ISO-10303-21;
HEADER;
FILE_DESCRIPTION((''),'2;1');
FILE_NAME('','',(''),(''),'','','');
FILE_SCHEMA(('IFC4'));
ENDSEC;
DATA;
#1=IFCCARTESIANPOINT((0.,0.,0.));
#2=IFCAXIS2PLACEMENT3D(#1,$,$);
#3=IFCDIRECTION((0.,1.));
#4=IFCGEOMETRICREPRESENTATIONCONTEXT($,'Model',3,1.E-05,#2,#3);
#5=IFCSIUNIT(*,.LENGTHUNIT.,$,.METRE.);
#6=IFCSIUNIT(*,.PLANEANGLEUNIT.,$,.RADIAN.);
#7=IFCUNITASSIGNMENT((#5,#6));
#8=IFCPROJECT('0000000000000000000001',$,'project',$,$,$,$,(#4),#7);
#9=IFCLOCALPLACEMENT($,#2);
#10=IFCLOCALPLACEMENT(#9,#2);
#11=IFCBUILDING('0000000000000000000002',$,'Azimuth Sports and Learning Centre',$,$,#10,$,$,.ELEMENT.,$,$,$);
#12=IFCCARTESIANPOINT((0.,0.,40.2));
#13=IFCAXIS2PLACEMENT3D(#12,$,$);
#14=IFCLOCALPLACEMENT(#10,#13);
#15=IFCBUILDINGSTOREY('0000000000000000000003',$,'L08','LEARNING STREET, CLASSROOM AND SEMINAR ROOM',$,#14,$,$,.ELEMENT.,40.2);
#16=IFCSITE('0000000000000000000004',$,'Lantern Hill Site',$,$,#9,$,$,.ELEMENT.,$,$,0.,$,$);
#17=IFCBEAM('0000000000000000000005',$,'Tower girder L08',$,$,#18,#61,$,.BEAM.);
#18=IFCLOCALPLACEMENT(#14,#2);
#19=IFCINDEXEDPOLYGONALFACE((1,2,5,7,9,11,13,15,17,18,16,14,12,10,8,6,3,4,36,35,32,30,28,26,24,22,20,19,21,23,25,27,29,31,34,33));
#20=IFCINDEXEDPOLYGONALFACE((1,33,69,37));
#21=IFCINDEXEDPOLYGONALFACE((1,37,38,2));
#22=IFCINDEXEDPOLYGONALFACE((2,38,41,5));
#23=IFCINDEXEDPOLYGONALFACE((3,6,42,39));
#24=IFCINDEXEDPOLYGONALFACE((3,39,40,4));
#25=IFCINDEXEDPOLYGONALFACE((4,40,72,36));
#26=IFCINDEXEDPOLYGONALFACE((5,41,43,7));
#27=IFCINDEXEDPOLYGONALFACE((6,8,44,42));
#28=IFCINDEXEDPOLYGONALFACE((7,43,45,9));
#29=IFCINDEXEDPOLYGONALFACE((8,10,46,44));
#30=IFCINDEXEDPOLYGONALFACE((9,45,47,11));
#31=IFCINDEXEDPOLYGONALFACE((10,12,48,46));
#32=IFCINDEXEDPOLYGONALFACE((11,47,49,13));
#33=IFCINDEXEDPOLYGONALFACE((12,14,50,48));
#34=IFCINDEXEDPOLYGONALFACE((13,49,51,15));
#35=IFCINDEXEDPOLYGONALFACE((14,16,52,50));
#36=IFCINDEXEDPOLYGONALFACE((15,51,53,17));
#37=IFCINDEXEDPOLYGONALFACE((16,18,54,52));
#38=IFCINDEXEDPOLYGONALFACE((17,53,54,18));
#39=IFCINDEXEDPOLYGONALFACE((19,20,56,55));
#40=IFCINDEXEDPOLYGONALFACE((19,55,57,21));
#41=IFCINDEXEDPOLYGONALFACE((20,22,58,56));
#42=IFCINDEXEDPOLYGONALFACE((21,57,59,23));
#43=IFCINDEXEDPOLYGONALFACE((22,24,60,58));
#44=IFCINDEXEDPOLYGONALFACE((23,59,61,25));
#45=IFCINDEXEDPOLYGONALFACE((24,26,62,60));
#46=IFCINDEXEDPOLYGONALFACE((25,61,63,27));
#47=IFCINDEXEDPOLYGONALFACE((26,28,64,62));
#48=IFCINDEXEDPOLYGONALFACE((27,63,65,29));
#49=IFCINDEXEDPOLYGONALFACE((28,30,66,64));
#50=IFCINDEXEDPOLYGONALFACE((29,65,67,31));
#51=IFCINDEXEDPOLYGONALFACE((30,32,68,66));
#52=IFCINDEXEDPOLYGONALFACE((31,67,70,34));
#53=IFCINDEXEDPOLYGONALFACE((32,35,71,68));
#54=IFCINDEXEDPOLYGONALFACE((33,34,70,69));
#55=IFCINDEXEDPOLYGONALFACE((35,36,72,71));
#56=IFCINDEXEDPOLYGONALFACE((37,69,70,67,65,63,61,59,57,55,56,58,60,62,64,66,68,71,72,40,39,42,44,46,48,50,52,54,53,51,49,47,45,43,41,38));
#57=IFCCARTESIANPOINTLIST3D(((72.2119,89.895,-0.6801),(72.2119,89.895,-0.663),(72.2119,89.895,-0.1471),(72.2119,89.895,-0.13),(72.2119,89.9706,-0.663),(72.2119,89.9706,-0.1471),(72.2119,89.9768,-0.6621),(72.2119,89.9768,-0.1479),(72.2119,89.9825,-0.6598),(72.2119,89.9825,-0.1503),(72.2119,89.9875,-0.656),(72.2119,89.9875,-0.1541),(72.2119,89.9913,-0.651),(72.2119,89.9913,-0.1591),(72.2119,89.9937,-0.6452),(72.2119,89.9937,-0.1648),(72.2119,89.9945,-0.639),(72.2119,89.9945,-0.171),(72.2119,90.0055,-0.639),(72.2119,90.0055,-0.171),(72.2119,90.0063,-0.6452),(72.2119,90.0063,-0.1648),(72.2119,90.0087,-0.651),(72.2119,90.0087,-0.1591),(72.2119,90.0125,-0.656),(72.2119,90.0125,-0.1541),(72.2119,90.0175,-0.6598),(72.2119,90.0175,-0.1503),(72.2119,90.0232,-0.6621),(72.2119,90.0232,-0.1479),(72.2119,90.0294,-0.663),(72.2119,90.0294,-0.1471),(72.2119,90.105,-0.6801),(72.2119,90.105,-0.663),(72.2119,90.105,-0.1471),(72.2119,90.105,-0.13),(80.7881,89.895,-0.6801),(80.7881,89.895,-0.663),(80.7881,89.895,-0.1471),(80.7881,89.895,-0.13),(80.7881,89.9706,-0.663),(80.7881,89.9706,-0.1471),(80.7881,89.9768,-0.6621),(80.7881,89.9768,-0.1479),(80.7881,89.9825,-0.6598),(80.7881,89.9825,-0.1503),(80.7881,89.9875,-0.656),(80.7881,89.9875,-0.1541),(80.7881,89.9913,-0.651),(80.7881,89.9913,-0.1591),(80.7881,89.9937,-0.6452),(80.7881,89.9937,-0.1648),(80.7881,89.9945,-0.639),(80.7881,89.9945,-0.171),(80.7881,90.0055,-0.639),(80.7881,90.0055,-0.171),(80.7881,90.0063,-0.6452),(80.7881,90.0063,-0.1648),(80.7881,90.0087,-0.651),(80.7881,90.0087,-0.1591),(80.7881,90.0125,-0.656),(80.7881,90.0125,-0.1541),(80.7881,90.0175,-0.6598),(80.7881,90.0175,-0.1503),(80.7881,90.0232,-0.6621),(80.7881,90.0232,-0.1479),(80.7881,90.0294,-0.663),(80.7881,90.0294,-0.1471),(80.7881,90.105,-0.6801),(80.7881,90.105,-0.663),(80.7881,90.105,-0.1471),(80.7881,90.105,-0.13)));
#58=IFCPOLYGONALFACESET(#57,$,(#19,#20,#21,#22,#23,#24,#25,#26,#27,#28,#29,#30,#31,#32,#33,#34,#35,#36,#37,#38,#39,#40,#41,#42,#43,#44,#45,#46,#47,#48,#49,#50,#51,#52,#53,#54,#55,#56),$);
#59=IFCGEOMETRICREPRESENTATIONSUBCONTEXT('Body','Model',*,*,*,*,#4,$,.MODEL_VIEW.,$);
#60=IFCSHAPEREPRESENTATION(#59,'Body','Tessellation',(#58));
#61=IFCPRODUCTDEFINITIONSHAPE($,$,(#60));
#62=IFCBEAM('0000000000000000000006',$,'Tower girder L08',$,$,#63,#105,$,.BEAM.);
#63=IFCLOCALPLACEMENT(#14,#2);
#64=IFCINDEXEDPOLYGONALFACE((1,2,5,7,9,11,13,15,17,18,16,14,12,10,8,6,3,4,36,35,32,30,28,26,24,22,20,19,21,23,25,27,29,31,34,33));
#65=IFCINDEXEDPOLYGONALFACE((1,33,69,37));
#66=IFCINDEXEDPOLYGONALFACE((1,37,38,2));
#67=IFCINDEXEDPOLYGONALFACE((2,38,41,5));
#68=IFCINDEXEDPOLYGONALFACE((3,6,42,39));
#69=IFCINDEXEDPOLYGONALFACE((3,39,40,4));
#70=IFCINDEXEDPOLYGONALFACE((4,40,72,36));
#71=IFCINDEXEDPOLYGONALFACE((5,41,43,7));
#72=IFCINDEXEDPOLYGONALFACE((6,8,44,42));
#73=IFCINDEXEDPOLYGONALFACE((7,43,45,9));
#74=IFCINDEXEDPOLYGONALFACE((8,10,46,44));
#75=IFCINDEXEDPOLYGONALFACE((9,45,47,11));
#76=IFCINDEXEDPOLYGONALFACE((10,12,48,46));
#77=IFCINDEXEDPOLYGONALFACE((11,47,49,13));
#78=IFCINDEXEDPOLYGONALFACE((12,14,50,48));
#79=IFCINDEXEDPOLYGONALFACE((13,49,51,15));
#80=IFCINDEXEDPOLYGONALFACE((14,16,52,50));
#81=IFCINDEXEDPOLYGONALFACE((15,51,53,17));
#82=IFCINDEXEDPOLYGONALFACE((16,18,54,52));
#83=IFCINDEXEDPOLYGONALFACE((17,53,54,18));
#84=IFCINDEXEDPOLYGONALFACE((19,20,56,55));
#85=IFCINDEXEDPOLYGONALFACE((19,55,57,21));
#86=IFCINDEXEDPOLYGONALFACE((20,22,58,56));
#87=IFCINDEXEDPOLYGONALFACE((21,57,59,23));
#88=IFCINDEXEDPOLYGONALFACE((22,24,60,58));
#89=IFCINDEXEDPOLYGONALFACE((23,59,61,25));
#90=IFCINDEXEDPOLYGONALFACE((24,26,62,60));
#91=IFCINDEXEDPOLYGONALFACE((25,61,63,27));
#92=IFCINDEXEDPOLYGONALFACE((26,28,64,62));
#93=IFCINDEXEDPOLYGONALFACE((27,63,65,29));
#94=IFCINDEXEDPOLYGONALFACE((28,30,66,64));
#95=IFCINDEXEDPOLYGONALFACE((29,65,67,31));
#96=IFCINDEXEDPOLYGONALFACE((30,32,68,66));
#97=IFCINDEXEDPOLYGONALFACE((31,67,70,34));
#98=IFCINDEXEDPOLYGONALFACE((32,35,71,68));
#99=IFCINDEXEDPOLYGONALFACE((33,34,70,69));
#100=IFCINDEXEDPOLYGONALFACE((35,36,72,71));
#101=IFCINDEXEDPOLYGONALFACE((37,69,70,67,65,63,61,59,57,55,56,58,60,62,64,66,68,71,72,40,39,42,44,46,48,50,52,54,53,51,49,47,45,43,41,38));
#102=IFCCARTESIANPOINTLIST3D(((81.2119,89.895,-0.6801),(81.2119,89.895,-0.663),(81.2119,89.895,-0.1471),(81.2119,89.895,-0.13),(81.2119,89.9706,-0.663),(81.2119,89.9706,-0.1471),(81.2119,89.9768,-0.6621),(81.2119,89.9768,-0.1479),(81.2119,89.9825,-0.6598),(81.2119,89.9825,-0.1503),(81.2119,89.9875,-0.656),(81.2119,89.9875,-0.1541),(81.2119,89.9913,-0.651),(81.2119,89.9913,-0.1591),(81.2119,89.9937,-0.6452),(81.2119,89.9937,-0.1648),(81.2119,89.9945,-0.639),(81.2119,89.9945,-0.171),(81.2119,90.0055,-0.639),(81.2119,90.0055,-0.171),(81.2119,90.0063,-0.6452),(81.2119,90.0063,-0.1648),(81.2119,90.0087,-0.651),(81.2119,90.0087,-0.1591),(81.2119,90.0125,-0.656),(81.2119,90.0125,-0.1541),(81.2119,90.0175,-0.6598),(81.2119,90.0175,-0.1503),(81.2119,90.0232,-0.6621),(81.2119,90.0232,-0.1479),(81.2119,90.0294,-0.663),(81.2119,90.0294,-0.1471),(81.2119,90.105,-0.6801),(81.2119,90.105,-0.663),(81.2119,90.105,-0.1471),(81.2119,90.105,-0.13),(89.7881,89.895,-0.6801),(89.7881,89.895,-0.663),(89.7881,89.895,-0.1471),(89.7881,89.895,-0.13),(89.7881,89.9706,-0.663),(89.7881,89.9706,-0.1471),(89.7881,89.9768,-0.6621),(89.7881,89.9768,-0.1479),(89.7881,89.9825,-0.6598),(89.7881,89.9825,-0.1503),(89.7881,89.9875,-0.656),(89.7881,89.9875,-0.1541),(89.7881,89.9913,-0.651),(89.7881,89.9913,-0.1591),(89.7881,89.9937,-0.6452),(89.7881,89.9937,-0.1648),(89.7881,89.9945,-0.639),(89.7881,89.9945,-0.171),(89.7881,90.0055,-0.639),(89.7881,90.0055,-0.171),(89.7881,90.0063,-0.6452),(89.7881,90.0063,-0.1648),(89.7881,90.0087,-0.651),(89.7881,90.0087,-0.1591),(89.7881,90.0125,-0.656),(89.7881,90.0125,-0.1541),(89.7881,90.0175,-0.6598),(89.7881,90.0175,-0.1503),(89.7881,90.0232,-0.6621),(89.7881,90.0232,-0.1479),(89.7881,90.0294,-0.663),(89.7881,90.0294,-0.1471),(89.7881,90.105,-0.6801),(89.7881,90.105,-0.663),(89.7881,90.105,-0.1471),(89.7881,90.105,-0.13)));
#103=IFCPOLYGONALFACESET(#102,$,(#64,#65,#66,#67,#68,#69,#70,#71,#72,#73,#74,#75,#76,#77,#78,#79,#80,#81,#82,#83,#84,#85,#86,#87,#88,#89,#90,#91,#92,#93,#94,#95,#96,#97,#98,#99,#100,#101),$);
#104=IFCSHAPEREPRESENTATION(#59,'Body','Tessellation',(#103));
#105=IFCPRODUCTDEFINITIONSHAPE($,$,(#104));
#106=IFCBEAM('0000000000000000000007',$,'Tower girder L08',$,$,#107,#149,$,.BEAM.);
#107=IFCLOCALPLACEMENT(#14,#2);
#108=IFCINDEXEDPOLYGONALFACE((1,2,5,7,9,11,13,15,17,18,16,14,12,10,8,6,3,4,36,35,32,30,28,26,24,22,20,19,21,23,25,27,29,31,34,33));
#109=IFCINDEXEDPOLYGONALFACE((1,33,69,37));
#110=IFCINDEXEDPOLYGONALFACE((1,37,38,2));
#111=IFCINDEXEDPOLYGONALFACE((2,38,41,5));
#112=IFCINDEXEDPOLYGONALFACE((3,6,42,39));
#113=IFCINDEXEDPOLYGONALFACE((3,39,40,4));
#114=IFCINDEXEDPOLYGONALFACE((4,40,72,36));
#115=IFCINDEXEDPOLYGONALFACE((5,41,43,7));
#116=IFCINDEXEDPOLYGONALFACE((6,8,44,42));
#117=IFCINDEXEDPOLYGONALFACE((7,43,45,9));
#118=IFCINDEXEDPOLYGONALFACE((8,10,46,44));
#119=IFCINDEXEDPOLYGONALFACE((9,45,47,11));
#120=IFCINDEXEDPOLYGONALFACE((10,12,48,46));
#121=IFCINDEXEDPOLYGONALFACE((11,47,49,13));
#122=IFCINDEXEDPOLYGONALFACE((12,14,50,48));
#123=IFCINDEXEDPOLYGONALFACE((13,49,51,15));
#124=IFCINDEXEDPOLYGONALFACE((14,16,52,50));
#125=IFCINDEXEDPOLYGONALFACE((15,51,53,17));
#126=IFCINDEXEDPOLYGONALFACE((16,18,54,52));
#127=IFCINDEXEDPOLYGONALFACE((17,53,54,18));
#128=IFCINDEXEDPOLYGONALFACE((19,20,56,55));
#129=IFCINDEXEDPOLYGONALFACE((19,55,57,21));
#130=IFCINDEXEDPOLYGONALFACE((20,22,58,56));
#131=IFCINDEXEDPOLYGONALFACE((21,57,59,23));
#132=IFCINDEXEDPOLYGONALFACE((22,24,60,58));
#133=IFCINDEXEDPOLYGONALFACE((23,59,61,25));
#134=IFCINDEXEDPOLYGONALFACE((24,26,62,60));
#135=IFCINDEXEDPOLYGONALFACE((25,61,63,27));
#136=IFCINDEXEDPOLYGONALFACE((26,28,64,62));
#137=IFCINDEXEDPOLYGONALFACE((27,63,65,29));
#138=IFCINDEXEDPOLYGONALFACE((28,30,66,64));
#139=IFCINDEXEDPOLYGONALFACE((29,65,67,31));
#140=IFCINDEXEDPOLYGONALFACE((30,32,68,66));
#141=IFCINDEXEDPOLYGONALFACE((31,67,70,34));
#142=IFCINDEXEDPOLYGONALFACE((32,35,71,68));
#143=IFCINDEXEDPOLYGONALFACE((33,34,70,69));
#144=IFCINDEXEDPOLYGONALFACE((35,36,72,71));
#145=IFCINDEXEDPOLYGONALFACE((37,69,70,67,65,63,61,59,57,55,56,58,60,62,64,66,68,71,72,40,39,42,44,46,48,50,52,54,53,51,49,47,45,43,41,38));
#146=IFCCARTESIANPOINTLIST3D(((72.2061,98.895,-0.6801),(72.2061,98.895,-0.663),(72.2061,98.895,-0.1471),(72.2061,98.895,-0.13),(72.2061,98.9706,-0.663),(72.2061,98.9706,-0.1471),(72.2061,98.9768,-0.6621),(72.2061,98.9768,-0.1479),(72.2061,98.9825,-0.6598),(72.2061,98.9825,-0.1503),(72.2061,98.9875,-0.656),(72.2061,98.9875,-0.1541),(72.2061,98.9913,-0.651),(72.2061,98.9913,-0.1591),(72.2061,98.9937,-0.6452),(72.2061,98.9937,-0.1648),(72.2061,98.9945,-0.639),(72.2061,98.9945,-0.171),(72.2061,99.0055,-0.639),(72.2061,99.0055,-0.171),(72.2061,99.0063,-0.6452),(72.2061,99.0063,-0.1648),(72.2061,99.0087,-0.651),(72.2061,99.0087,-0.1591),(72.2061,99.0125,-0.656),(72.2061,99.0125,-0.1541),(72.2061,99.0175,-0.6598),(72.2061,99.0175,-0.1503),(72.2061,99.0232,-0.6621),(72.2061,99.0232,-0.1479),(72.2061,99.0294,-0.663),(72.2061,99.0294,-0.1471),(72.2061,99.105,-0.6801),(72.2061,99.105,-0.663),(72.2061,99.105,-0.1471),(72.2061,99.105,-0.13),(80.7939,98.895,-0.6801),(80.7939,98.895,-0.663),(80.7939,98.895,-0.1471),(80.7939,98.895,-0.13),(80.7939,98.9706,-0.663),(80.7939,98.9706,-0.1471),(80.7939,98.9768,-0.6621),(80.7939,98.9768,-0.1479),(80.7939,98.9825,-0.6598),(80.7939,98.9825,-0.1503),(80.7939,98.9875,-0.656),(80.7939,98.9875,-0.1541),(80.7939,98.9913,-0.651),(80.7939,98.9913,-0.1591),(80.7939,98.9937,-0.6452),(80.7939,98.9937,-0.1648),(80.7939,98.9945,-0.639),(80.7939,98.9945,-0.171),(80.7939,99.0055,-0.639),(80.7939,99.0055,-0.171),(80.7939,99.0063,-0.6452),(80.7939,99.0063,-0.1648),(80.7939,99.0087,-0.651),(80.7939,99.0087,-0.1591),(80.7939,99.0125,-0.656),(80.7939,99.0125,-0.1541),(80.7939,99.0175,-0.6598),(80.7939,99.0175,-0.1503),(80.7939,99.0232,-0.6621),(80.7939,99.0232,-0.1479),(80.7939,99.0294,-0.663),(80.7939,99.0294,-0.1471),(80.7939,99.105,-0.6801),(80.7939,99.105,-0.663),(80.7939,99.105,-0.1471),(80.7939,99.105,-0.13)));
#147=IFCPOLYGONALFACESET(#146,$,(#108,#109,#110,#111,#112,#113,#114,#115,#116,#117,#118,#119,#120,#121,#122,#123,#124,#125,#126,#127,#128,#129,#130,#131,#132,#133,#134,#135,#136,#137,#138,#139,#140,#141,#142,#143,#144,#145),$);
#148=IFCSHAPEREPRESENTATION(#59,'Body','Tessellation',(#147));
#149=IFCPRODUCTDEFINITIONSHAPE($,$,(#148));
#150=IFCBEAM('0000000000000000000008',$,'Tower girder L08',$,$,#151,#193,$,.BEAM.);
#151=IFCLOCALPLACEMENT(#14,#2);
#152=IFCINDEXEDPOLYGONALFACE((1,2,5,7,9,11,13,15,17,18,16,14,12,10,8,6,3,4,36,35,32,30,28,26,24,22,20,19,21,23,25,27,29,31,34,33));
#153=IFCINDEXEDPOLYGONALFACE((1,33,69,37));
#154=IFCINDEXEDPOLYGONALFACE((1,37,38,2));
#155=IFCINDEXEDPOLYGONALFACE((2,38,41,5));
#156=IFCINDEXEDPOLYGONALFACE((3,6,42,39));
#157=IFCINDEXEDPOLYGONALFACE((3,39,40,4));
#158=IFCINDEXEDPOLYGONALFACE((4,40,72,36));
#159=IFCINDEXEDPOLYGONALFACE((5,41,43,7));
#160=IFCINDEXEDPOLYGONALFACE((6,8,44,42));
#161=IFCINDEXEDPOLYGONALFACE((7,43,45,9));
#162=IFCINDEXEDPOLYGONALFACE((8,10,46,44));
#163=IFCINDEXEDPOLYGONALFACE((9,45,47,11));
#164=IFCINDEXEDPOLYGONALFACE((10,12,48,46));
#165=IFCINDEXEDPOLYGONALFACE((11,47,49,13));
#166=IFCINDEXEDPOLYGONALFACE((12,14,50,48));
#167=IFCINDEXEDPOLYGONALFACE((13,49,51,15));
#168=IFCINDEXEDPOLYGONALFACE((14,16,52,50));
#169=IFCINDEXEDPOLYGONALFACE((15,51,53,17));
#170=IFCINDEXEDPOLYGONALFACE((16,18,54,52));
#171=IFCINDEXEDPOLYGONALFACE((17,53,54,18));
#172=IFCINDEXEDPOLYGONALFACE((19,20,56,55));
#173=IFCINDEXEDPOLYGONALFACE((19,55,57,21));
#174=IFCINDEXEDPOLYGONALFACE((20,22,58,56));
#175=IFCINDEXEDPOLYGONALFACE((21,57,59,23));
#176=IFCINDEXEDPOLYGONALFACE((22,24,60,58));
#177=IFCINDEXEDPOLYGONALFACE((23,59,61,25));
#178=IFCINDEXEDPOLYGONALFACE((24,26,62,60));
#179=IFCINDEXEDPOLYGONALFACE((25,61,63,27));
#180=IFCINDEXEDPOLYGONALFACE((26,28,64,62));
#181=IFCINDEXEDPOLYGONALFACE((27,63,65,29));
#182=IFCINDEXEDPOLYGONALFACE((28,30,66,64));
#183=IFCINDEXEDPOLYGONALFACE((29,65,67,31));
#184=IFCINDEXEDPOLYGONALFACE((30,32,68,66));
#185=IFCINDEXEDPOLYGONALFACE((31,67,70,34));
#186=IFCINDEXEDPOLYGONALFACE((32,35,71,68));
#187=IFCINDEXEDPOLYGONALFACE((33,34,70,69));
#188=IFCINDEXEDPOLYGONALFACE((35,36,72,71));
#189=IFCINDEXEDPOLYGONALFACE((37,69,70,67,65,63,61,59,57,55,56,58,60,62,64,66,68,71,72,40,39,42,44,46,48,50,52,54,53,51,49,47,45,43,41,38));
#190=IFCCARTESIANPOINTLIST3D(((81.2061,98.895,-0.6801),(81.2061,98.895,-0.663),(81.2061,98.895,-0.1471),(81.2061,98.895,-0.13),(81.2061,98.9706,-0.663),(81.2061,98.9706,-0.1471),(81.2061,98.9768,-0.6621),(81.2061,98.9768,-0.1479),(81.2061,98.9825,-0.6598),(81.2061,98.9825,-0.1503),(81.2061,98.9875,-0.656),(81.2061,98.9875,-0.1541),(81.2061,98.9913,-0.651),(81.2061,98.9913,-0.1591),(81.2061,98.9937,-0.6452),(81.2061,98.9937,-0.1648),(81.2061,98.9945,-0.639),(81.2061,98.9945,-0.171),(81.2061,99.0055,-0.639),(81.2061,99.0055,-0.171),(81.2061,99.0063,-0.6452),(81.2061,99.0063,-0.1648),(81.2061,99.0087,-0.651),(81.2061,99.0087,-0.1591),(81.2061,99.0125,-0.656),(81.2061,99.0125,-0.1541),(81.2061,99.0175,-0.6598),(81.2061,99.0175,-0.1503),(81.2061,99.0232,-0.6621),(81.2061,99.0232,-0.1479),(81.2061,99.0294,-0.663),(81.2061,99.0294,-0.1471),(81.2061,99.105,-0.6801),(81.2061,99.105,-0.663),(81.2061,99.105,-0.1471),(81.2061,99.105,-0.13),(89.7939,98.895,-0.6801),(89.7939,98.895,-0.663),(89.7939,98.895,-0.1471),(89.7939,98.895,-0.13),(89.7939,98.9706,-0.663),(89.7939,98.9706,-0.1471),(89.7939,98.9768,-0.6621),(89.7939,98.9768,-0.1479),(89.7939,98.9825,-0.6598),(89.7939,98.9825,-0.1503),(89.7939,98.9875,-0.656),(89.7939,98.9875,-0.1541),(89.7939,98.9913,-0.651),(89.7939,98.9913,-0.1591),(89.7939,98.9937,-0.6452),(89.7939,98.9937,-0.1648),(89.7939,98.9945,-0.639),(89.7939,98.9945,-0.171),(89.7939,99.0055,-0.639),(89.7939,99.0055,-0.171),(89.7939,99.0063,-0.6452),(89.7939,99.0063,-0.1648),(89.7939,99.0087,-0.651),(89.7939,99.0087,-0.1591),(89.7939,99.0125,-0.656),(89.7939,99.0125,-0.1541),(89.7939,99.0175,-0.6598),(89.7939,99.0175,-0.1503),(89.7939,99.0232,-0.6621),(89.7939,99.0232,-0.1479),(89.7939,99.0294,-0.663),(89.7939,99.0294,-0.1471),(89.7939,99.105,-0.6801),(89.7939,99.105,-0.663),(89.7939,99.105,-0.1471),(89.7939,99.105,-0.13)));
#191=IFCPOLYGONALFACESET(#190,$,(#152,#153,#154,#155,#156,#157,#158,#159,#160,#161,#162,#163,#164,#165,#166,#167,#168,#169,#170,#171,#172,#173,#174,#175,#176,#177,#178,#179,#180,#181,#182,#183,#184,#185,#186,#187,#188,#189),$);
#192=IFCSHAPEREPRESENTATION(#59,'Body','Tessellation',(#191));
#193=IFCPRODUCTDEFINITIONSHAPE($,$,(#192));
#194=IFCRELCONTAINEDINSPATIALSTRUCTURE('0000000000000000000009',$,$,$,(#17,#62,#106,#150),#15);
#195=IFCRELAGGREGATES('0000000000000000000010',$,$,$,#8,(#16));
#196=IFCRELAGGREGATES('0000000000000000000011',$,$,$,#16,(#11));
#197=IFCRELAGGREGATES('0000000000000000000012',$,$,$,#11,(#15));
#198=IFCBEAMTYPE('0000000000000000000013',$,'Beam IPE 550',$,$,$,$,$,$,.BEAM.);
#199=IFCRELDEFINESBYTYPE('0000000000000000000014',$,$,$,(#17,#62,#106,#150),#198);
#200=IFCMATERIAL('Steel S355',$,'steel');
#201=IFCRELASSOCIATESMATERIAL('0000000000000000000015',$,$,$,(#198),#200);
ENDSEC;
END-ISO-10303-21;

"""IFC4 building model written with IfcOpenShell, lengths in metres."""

from ifc_helpers import new_model, si_unit, direction, frame, origin, origin_2d, place, context, subcontext, project, spatial, i_section, extrude, material, material_profile, profile_set, type_object, element, save


model = new_model("IFC4")

# Units and contexts
model_context = context("Model", 3, precision=1e-05, world=origin(), true_north=direction((0.0, 1.0)))
body_context = subcontext(model_context, "Body", "Model", "MODEL_VIEW")
ifc_project = project(units=[si_unit("LENGTHUNIT", "METRE"), si_unit("PLANEANGLEUNIT", "RADIAN")], contexts=[model_context])

# Site, building, storey
site_placement = place(None, origin())
site = spatial("IfcSite", under=ifc_project, at=site_placement, Name="Lantern Hill Site", CompositionType="ELEMENT", RefElevation=0.0)
building_placement = place(site_placement, origin())
building = spatial("IfcBuilding", under=site, at=building_placement, Name="Azimuth Sports and Learning Centre", CompositionType="ELEMENT")
storey_placement = place(building_placement, frame((0.0, 0.0, 40.2)))
storey = spatial("IfcBuildingStorey", under=building, at=storey_placement, Name="L08", Description="LEARNING STREET, CLASSROOM AND SEMINAR ROOM", CompositionType="ELEMENT", Elevation=40.2)

# Beams
ifc_material_1 = material(Name="Steel S355", Category="steel")
ifc_material_profile_1 = material_profile(ifc_material_1, i_section(OverallWidth=0.21, OverallDepth=0.55, WebThickness=0.011, FlangeThickness=0.0171, FilletRadius=0.0239, at=origin_2d()), Name="IPE 550")
ifc_profile_set_1 = profile_set([ifc_material_profile_1], Name="Steel S355")
beam_type_1 = type_object("IfcBeamType", Name="Beam IPE 550", PredefinedType="BEAM", material=ifc_profile_set_1)
for number, where, z_axis, x_axis, name in (
    (1, (72.2119, 90.0, -0.405), (1.0, 0.0, 0.0), (0.0, 1.0, 0.0), "Tower girder L08"),
    (2, (81.2119, 90.0, -0.405), (1.0, 0.0, 0.0), (0.0, 1.0, 0.0), "Tower girder L08"),
):
    element("IfcBeam", number, at=place(storey_placement, frame(where, z_axis=z_axis, x_axis=x_axis)), inside=storey, type_object=beam_type_1, Name=name, PredefinedType="BEAM", context=body_context, shape_type="SweptSolid", body=[
        extrude(i_section(OverallWidth=0.21, OverallDepth=0.55, WebThickness=0.011, FlangeThickness=0.0171, FilletRadius=0.0239, at=origin_2d()), origin(), (0.0, 0.0, 1.0), 8.5762),
    ])
for number, where, z_axis, x_axis, name in (
    (3, (72.2061, 99.0, -0.405), (1.0, 0.0, 0.0), (0.0, 1.0, 0.0), "Tower girder L08"),
    (4, (81.2061, 99.0, -0.405), (1.0, 0.0, 0.0), (0.0, 1.0, 0.0), "Tower girder L08"),
):
    element("IfcBeam", number, at=place(storey_placement, frame(where, z_axis=z_axis, x_axis=x_axis)), inside=storey, type_object=beam_type_1, Name=name, PredefinedType="BEAM", context=body_context, shape_type="SweptSolid", body=[
        extrude(i_section(OverallWidth=0.21, OverallDepth=0.55, WebThickness=0.011, FlangeThickness=0.0171, FilletRadius=0.0239, at=origin_2d()), origin(), (0.0, 0.0, 1.0), 8.5879),
    ])

save(model, "model.ifc")
